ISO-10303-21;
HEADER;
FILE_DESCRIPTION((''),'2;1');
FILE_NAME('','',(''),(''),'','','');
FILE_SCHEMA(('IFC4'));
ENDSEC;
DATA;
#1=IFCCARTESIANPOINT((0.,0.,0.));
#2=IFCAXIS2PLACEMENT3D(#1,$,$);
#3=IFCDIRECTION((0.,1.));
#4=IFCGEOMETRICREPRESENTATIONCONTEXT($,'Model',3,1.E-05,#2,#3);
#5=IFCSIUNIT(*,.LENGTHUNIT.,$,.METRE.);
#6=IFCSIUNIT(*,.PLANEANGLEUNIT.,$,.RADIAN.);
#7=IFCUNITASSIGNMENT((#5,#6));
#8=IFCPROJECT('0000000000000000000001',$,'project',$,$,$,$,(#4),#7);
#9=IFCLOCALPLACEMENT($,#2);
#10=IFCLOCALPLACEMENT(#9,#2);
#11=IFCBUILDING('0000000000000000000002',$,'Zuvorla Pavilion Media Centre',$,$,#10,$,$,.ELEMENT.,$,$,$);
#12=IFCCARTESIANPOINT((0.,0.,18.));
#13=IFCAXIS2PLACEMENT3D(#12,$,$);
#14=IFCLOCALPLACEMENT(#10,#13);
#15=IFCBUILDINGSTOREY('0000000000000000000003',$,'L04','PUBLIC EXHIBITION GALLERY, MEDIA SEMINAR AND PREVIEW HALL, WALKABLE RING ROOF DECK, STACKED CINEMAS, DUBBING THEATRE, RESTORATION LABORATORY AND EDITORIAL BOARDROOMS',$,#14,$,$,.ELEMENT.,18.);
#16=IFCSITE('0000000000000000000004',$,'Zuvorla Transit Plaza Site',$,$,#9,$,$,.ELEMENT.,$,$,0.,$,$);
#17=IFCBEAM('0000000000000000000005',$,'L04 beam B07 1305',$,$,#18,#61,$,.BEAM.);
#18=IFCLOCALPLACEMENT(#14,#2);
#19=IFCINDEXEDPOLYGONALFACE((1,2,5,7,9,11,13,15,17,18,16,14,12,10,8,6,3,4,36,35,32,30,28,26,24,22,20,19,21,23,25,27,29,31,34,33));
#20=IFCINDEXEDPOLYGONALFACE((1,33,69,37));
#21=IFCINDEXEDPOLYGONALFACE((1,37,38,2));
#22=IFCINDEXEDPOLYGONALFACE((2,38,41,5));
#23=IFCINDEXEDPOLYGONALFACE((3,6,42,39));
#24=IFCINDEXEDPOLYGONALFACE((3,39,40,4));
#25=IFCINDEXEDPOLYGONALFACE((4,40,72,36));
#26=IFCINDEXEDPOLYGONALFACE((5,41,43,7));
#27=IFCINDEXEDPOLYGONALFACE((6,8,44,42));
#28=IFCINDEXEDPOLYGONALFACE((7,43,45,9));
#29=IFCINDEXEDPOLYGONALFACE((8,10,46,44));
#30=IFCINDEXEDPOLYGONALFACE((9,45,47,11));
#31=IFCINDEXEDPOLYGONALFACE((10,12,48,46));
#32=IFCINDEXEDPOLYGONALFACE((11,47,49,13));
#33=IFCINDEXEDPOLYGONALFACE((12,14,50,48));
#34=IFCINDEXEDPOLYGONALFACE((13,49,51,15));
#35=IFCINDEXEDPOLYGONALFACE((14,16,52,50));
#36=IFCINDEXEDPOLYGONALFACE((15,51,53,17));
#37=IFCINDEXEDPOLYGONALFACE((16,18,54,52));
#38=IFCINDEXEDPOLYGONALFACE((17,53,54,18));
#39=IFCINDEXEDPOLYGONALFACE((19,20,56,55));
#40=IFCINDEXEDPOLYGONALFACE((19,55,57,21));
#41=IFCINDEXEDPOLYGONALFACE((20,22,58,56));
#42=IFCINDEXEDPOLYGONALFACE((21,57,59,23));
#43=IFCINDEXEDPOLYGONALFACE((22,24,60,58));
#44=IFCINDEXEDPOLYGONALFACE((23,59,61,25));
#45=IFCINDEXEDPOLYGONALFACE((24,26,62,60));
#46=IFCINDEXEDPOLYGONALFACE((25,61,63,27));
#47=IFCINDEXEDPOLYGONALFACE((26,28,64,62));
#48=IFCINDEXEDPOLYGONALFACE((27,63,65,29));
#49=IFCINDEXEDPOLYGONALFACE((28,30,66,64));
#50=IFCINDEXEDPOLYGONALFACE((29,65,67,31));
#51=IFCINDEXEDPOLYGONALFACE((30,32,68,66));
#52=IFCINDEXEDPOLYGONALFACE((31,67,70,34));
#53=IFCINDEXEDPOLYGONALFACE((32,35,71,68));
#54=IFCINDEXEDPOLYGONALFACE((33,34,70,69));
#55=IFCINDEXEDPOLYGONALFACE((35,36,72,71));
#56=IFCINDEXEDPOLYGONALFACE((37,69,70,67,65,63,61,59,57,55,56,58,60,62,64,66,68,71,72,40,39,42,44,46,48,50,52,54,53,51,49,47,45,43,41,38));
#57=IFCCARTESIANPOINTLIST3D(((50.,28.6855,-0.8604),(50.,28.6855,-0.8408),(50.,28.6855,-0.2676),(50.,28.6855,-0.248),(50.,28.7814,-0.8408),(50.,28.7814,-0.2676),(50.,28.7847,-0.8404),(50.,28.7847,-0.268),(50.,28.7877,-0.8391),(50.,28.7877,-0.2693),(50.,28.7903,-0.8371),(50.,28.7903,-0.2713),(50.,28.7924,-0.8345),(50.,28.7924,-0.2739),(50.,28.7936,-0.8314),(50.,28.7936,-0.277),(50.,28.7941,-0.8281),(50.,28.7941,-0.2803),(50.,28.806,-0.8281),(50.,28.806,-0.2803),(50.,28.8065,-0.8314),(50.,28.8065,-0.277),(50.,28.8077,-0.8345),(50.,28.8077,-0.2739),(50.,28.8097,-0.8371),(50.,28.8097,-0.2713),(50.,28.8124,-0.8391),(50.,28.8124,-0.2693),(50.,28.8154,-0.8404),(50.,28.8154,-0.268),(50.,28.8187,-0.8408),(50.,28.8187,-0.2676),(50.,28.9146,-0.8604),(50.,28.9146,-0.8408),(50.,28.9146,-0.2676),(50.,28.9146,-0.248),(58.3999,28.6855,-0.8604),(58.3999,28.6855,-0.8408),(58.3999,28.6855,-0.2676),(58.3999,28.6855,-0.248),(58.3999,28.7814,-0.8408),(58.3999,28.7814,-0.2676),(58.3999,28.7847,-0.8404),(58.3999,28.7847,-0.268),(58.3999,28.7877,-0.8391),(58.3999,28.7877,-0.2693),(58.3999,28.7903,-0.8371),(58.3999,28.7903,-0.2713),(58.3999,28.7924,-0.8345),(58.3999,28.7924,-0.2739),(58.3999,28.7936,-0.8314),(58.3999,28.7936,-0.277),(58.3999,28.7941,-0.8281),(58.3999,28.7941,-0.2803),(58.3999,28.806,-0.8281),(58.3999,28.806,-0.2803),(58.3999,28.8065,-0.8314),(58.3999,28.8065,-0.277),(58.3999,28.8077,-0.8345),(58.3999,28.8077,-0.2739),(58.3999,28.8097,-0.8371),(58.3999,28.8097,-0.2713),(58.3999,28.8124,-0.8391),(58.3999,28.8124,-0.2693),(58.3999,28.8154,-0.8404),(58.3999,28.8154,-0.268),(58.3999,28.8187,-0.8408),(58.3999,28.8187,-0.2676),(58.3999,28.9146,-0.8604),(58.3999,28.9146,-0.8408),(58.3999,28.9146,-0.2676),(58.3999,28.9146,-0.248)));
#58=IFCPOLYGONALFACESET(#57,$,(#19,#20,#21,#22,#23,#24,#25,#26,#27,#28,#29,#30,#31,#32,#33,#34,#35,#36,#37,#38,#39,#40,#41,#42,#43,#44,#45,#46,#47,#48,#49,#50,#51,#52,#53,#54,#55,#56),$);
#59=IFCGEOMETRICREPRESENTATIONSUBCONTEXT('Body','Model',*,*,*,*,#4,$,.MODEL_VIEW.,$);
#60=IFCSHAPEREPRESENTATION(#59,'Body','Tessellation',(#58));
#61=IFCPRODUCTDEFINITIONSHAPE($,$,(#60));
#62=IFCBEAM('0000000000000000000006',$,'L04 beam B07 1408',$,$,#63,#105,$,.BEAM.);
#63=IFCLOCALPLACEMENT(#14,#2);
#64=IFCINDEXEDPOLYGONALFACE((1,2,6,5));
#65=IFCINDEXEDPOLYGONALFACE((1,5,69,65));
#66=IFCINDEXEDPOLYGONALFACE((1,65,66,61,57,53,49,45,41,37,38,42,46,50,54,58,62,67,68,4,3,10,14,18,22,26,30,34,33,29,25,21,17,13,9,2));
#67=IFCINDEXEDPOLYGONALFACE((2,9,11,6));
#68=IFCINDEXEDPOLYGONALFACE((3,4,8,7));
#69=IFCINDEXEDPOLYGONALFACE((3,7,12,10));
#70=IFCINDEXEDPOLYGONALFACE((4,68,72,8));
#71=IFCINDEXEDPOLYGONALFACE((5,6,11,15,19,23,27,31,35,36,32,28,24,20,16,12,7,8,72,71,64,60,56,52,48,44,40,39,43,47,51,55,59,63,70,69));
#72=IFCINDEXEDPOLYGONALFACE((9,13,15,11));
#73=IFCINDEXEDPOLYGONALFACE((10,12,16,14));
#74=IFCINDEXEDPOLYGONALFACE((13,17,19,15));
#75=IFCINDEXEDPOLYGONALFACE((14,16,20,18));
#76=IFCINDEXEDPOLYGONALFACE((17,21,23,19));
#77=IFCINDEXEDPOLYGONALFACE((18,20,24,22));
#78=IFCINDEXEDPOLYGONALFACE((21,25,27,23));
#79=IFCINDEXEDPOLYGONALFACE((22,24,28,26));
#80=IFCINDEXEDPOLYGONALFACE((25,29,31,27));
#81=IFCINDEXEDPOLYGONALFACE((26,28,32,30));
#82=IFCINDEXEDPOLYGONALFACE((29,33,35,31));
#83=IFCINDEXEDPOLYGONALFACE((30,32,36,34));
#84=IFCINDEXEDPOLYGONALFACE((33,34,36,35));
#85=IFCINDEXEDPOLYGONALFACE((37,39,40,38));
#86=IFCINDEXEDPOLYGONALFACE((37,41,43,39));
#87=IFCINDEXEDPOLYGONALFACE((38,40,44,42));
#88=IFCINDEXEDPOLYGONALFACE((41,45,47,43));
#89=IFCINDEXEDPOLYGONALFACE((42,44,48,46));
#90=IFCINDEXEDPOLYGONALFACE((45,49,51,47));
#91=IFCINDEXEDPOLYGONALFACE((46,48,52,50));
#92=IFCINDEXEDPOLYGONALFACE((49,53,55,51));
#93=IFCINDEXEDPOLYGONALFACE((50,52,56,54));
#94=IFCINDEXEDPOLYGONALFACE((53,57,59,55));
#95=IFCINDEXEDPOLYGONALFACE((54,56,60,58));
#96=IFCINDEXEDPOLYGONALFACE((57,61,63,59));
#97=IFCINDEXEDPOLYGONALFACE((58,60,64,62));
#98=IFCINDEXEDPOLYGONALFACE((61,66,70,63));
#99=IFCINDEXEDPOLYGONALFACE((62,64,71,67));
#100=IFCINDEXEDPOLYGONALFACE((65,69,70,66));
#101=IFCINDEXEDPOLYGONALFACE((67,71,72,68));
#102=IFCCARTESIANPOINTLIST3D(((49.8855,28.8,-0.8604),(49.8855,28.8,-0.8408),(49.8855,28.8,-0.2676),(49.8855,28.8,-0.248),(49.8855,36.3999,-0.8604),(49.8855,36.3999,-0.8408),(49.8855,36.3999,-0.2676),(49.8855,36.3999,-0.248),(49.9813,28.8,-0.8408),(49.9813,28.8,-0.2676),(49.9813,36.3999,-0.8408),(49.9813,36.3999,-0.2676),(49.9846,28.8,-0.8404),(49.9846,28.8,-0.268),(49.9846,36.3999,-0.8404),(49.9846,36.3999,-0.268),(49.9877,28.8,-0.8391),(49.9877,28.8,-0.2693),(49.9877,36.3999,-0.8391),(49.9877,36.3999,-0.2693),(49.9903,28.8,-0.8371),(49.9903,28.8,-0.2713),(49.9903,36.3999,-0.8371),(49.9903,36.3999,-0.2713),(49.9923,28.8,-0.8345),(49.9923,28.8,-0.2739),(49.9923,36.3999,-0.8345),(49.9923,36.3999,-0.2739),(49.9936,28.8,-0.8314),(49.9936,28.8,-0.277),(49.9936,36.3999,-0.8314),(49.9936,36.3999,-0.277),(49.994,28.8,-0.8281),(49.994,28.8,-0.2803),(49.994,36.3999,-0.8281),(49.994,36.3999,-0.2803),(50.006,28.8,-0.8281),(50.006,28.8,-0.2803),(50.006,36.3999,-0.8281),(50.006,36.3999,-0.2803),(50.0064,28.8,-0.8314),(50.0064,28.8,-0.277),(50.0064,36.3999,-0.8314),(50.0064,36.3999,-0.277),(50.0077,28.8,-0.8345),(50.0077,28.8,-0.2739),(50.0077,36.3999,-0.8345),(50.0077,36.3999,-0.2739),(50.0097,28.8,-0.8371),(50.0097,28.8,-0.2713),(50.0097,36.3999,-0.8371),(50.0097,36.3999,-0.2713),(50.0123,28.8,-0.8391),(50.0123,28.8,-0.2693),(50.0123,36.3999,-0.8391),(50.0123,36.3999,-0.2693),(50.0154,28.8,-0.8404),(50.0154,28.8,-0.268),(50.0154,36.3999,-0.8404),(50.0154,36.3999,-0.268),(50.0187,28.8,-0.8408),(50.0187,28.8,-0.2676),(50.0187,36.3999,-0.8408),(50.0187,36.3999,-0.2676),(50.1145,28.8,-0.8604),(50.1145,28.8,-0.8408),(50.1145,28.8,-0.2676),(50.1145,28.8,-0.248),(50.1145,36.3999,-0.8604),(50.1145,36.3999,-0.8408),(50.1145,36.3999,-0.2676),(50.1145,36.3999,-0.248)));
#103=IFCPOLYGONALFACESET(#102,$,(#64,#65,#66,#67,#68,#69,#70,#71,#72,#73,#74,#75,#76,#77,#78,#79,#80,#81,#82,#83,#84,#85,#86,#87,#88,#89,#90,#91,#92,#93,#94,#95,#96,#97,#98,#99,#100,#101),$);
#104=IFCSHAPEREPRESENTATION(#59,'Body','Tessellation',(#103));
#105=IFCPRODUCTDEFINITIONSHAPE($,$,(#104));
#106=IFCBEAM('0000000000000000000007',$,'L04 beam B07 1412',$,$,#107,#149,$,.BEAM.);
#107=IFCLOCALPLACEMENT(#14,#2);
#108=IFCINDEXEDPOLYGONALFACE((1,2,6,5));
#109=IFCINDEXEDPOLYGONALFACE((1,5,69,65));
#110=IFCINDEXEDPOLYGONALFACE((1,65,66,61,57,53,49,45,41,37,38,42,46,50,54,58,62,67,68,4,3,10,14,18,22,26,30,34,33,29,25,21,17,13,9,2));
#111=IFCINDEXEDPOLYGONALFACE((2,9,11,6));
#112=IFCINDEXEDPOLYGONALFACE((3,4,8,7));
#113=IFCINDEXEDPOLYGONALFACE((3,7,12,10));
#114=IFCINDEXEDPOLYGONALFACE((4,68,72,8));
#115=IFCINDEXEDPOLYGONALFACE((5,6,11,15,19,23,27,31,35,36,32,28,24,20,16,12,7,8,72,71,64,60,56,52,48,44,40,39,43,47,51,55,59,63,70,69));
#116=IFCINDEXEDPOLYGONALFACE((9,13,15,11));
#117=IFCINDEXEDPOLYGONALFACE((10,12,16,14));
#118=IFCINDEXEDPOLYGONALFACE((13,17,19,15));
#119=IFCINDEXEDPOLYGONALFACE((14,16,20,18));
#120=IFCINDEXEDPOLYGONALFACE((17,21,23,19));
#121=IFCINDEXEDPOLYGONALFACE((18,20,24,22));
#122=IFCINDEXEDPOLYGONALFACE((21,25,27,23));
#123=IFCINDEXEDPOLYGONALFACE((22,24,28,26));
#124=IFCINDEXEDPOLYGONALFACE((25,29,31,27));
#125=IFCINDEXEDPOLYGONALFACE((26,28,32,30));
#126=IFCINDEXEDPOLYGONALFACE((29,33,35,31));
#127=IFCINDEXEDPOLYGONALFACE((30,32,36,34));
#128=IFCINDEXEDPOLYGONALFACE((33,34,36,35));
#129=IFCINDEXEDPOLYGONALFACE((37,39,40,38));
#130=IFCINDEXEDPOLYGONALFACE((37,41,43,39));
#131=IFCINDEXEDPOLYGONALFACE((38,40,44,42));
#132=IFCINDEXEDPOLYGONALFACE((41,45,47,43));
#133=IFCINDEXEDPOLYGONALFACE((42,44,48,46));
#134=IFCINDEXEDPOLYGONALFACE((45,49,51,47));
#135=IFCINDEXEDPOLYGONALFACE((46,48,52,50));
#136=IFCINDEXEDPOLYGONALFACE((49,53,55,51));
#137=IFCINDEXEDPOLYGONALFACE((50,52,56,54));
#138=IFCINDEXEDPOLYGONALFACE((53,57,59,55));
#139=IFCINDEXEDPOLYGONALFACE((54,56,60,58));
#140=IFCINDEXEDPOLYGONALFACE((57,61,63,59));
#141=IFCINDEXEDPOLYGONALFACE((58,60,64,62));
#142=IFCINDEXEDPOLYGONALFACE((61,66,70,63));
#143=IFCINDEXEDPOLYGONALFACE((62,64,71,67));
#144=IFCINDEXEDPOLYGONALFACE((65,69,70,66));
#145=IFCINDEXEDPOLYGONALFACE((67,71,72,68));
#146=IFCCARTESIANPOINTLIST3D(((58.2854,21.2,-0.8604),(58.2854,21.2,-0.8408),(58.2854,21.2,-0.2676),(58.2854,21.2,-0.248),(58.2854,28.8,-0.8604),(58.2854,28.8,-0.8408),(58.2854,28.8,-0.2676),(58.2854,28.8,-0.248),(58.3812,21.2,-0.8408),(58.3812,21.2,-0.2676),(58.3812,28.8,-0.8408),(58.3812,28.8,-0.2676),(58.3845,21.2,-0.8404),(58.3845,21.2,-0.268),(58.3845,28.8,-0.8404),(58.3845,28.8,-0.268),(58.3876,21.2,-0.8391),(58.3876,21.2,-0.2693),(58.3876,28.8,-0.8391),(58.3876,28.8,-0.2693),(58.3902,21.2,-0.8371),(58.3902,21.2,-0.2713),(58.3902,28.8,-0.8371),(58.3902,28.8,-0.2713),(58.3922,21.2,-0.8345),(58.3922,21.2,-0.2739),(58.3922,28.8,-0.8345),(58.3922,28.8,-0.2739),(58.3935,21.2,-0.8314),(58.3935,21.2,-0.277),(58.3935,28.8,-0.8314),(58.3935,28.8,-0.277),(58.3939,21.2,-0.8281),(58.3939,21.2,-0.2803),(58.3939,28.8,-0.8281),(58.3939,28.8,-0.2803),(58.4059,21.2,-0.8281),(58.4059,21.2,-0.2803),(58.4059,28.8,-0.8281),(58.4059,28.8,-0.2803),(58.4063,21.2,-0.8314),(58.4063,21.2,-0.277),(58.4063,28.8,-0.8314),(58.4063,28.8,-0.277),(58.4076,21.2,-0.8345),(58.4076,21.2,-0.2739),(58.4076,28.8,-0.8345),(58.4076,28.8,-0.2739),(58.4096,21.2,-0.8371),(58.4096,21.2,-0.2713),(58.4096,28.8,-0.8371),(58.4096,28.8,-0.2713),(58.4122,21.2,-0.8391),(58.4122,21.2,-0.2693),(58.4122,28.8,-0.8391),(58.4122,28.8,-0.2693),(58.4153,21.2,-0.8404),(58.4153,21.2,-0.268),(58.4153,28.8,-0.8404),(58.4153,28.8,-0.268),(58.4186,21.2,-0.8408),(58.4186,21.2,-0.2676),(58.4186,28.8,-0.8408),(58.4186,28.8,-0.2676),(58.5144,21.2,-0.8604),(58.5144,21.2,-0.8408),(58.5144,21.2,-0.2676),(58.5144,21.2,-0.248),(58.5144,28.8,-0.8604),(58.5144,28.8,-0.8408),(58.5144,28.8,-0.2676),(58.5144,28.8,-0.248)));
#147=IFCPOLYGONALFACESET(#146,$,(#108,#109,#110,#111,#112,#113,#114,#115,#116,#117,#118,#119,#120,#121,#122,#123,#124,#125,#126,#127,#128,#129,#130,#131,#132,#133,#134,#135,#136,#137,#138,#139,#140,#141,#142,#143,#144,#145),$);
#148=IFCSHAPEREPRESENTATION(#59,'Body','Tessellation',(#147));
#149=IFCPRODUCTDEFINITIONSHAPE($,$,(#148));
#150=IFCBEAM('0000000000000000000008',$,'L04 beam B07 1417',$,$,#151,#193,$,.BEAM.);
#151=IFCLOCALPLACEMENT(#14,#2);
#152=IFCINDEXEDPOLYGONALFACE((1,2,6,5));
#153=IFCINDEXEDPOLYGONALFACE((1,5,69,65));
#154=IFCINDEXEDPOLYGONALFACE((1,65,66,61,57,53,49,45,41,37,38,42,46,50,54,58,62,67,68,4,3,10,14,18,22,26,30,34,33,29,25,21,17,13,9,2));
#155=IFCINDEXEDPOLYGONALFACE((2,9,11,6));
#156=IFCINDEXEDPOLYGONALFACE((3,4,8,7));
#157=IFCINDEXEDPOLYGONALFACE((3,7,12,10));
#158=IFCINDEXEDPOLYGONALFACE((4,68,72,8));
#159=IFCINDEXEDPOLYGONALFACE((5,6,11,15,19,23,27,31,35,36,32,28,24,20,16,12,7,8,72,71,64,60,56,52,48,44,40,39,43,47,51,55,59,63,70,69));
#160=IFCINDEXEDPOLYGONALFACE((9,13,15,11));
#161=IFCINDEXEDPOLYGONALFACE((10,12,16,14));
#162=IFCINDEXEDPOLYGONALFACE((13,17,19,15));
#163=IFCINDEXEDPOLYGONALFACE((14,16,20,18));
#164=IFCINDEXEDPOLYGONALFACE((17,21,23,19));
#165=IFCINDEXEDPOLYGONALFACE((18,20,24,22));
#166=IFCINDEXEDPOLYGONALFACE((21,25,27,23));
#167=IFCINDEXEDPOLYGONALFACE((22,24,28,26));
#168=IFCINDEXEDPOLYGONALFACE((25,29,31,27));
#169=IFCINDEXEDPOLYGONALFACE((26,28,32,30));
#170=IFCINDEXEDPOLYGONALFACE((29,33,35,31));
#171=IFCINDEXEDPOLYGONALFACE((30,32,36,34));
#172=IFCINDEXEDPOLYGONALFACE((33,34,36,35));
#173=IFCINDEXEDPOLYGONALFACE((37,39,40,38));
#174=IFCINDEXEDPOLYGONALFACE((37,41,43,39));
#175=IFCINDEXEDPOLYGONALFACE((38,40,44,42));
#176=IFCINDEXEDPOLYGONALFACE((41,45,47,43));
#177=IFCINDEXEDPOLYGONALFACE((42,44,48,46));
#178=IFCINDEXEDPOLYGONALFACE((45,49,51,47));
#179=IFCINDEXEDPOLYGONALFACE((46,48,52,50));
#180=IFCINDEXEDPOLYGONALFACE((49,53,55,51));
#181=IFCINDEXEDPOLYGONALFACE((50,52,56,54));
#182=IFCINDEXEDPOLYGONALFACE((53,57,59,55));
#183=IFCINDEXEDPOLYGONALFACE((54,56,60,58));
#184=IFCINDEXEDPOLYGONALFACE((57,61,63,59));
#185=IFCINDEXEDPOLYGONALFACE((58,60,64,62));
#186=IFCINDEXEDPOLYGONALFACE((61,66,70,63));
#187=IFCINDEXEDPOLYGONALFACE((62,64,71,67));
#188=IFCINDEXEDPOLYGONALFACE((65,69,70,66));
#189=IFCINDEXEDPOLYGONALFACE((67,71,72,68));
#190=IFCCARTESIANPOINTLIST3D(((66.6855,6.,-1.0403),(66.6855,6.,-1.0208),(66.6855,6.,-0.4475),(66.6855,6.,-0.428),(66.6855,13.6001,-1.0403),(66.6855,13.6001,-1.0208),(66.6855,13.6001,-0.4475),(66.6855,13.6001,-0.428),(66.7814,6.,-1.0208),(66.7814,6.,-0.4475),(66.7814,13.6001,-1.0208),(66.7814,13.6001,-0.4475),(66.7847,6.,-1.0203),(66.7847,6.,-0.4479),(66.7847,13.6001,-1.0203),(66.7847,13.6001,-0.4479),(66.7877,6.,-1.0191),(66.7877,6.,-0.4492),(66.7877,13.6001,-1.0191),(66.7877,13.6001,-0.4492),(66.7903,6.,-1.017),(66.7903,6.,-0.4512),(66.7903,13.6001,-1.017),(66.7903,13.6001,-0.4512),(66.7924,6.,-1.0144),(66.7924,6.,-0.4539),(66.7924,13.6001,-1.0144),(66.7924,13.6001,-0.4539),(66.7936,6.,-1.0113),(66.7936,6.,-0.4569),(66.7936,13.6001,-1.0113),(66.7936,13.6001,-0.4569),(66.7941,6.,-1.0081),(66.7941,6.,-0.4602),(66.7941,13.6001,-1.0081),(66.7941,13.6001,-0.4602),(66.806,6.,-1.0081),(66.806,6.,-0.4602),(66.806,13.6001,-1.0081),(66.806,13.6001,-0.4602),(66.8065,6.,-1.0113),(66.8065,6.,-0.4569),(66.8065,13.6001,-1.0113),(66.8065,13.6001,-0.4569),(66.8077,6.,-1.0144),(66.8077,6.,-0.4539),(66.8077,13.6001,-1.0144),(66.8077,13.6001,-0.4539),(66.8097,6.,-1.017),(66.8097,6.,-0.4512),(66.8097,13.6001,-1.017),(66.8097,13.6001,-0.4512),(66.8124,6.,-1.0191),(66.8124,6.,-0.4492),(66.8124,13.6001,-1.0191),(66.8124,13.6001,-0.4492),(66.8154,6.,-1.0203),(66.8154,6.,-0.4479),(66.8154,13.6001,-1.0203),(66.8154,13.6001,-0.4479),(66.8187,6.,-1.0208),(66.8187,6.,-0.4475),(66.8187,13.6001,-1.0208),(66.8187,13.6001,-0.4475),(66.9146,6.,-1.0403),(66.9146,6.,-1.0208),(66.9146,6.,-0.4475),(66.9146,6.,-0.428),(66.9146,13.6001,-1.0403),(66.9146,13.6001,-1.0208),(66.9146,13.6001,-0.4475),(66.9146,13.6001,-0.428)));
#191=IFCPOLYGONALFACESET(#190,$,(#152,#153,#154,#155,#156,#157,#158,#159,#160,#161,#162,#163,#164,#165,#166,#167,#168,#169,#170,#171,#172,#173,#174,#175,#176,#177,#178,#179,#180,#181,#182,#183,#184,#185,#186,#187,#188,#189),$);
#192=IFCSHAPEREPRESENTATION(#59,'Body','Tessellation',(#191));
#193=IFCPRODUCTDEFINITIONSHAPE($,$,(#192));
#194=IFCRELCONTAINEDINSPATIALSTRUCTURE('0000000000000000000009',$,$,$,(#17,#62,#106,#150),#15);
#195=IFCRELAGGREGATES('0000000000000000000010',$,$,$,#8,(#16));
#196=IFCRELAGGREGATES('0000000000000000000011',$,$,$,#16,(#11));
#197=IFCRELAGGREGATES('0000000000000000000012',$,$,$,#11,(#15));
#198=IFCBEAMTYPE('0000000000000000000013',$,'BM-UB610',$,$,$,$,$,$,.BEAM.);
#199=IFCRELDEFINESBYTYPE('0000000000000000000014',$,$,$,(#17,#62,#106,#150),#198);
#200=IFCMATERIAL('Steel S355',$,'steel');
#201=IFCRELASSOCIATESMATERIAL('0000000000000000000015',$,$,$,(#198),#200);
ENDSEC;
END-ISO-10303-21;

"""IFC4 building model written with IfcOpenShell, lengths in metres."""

from ifc_helpers import new_model, si_unit, direction, frame, origin, origin_2d, place, context, subcontext, project, spatial, i_section, extrude, material, material_profile, profile_set, type_object, element, save


model = new_model("IFC4")

# Units and contexts
model_context = context("Model", 3, precision=1e-05, world=origin(), true_north=direction((0.0, 1.0)))
body_context = subcontext(model_context, "Body", "Model", "MODEL_VIEW")
ifc_project = project(units=[si_unit("LENGTHUNIT", "METRE"), si_unit("PLANEANGLEUNIT", "RADIAN")], contexts=[model_context])

# Site, building, storey
site_placement = place(None, origin())
site = spatial("IfcSite", under=ifc_project, at=site_placement, Name="Zuvorla Transit Plaza Site", CompositionType="ELEMENT", RefElevation=0.0)
building_placement = place(site_placement, origin())
building = spatial("IfcBuilding", under=site, at=building_placement, Name="Zuvorla Pavilion Media Centre", CompositionType="ELEMENT")
storey_placement = place(building_placement, frame((0.0, 0.0, 18.0)))
storey = spatial("IfcBuildingStorey", under=building, at=storey_placement, Name="L04", Description="PUBLIC EXHIBITION GALLERY, MEDIA SEMINAR AND PREVIEW HALL, WALKABLE RING ROOF DECK, STACKED CINEMAS, DUBBING THEATRE, RESTORATION LABORATORY AND EDITORIAL BOARDROOMS", CompositionType="ELEMENT", Elevation=18.0)

# Beams
ifc_material_1 = material(Name="Steel S355", Category="steel")
ifc_material_profile_1 = material_profile(ifc_material_1, i_section(OverallWidth=0.229, OverallDepth=0.6123, WebThickness=0.012, FlangeThickness=0.0195, FilletRadius=0.0127, at=origin_2d()), Name="UB 610x229x125")
ifc_profile_set_1 = profile_set([ifc_material_profile_1], Name="Steel S355")
beam_type_1 = type_object("IfcBeamType", Name="BM-UB610", PredefinedType="BEAM", material=ifc_profile_set_1)
beam_1_placement = place(storey_placement, frame((50.0, 28.8, -0.5542), z_axis=(1.0, 0.0, 0.0), x_axis=(0.0, 1.0, 0.0)))
element("IfcBeam", 1, at=beam_1_placement, inside=storey, type_object=beam_type_1, Name="L04 beam B07 1305", PredefinedType="BEAM", context=body_context, shape_type="SweptSolid", body=[
    extrude(i_section(OverallWidth=0.229, OverallDepth=0.6123, WebThickness=0.012, FlangeThickness=0.0195, FilletRadius=0.0127, at=origin_2d()), origin(), (0.0, 0.0, 1.0), 8.3999),
])
beam_2_placement = place(storey_placement, frame((50.0, 28.8, -0.5542), z_axis=(0.0, 1.0, 0.0), x_axis=(-1.0, 0.0, 0.0)))
element("IfcBeam", 2, at=beam_2_placement, inside=storey, type_object=beam_type_1, Name="L04 beam B07 1408", PredefinedType="BEAM", context=body_context, shape_type="SweptSolid", body=[
    extrude(i_section(OverallWidth=0.229, OverallDepth=0.6123, WebThickness=0.012, FlangeThickness=0.0195, FilletRadius=0.0127, at=origin_2d()), origin(), (0.0, 0.0, 1.0), 7.5999),
])
for number, where, z_axis, x_axis, name in (
    (3, (58.3999, 21.2, -0.5542), (0.0, 1.0, 0.0), (-1.0, 0.0, 0.0), "L04 beam B07 1412"),
    (4, (66.8, 6.0, -0.7341), (0.0, 1.0, 0.0), (-1.0, 0.0, 0.0), "L04 beam B07 1417"),
):
    element("IfcBeam", number, at=place(storey_placement, frame(where, z_axis=z_axis, x_axis=x_axis)), inside=storey, type_object=beam_type_1, Name=name, PredefinedType="BEAM", context=body_context, shape_type="SweptSolid", body=[
        extrude(i_section(OverallWidth=0.229, OverallDepth=0.6123, WebThickness=0.012, FlangeThickness=0.0195, FilletRadius=0.0127, at=origin_2d()), origin(), (0.0, 0.0, 1.0), 7.6001),
    ])

save(model, "model.ifc")
